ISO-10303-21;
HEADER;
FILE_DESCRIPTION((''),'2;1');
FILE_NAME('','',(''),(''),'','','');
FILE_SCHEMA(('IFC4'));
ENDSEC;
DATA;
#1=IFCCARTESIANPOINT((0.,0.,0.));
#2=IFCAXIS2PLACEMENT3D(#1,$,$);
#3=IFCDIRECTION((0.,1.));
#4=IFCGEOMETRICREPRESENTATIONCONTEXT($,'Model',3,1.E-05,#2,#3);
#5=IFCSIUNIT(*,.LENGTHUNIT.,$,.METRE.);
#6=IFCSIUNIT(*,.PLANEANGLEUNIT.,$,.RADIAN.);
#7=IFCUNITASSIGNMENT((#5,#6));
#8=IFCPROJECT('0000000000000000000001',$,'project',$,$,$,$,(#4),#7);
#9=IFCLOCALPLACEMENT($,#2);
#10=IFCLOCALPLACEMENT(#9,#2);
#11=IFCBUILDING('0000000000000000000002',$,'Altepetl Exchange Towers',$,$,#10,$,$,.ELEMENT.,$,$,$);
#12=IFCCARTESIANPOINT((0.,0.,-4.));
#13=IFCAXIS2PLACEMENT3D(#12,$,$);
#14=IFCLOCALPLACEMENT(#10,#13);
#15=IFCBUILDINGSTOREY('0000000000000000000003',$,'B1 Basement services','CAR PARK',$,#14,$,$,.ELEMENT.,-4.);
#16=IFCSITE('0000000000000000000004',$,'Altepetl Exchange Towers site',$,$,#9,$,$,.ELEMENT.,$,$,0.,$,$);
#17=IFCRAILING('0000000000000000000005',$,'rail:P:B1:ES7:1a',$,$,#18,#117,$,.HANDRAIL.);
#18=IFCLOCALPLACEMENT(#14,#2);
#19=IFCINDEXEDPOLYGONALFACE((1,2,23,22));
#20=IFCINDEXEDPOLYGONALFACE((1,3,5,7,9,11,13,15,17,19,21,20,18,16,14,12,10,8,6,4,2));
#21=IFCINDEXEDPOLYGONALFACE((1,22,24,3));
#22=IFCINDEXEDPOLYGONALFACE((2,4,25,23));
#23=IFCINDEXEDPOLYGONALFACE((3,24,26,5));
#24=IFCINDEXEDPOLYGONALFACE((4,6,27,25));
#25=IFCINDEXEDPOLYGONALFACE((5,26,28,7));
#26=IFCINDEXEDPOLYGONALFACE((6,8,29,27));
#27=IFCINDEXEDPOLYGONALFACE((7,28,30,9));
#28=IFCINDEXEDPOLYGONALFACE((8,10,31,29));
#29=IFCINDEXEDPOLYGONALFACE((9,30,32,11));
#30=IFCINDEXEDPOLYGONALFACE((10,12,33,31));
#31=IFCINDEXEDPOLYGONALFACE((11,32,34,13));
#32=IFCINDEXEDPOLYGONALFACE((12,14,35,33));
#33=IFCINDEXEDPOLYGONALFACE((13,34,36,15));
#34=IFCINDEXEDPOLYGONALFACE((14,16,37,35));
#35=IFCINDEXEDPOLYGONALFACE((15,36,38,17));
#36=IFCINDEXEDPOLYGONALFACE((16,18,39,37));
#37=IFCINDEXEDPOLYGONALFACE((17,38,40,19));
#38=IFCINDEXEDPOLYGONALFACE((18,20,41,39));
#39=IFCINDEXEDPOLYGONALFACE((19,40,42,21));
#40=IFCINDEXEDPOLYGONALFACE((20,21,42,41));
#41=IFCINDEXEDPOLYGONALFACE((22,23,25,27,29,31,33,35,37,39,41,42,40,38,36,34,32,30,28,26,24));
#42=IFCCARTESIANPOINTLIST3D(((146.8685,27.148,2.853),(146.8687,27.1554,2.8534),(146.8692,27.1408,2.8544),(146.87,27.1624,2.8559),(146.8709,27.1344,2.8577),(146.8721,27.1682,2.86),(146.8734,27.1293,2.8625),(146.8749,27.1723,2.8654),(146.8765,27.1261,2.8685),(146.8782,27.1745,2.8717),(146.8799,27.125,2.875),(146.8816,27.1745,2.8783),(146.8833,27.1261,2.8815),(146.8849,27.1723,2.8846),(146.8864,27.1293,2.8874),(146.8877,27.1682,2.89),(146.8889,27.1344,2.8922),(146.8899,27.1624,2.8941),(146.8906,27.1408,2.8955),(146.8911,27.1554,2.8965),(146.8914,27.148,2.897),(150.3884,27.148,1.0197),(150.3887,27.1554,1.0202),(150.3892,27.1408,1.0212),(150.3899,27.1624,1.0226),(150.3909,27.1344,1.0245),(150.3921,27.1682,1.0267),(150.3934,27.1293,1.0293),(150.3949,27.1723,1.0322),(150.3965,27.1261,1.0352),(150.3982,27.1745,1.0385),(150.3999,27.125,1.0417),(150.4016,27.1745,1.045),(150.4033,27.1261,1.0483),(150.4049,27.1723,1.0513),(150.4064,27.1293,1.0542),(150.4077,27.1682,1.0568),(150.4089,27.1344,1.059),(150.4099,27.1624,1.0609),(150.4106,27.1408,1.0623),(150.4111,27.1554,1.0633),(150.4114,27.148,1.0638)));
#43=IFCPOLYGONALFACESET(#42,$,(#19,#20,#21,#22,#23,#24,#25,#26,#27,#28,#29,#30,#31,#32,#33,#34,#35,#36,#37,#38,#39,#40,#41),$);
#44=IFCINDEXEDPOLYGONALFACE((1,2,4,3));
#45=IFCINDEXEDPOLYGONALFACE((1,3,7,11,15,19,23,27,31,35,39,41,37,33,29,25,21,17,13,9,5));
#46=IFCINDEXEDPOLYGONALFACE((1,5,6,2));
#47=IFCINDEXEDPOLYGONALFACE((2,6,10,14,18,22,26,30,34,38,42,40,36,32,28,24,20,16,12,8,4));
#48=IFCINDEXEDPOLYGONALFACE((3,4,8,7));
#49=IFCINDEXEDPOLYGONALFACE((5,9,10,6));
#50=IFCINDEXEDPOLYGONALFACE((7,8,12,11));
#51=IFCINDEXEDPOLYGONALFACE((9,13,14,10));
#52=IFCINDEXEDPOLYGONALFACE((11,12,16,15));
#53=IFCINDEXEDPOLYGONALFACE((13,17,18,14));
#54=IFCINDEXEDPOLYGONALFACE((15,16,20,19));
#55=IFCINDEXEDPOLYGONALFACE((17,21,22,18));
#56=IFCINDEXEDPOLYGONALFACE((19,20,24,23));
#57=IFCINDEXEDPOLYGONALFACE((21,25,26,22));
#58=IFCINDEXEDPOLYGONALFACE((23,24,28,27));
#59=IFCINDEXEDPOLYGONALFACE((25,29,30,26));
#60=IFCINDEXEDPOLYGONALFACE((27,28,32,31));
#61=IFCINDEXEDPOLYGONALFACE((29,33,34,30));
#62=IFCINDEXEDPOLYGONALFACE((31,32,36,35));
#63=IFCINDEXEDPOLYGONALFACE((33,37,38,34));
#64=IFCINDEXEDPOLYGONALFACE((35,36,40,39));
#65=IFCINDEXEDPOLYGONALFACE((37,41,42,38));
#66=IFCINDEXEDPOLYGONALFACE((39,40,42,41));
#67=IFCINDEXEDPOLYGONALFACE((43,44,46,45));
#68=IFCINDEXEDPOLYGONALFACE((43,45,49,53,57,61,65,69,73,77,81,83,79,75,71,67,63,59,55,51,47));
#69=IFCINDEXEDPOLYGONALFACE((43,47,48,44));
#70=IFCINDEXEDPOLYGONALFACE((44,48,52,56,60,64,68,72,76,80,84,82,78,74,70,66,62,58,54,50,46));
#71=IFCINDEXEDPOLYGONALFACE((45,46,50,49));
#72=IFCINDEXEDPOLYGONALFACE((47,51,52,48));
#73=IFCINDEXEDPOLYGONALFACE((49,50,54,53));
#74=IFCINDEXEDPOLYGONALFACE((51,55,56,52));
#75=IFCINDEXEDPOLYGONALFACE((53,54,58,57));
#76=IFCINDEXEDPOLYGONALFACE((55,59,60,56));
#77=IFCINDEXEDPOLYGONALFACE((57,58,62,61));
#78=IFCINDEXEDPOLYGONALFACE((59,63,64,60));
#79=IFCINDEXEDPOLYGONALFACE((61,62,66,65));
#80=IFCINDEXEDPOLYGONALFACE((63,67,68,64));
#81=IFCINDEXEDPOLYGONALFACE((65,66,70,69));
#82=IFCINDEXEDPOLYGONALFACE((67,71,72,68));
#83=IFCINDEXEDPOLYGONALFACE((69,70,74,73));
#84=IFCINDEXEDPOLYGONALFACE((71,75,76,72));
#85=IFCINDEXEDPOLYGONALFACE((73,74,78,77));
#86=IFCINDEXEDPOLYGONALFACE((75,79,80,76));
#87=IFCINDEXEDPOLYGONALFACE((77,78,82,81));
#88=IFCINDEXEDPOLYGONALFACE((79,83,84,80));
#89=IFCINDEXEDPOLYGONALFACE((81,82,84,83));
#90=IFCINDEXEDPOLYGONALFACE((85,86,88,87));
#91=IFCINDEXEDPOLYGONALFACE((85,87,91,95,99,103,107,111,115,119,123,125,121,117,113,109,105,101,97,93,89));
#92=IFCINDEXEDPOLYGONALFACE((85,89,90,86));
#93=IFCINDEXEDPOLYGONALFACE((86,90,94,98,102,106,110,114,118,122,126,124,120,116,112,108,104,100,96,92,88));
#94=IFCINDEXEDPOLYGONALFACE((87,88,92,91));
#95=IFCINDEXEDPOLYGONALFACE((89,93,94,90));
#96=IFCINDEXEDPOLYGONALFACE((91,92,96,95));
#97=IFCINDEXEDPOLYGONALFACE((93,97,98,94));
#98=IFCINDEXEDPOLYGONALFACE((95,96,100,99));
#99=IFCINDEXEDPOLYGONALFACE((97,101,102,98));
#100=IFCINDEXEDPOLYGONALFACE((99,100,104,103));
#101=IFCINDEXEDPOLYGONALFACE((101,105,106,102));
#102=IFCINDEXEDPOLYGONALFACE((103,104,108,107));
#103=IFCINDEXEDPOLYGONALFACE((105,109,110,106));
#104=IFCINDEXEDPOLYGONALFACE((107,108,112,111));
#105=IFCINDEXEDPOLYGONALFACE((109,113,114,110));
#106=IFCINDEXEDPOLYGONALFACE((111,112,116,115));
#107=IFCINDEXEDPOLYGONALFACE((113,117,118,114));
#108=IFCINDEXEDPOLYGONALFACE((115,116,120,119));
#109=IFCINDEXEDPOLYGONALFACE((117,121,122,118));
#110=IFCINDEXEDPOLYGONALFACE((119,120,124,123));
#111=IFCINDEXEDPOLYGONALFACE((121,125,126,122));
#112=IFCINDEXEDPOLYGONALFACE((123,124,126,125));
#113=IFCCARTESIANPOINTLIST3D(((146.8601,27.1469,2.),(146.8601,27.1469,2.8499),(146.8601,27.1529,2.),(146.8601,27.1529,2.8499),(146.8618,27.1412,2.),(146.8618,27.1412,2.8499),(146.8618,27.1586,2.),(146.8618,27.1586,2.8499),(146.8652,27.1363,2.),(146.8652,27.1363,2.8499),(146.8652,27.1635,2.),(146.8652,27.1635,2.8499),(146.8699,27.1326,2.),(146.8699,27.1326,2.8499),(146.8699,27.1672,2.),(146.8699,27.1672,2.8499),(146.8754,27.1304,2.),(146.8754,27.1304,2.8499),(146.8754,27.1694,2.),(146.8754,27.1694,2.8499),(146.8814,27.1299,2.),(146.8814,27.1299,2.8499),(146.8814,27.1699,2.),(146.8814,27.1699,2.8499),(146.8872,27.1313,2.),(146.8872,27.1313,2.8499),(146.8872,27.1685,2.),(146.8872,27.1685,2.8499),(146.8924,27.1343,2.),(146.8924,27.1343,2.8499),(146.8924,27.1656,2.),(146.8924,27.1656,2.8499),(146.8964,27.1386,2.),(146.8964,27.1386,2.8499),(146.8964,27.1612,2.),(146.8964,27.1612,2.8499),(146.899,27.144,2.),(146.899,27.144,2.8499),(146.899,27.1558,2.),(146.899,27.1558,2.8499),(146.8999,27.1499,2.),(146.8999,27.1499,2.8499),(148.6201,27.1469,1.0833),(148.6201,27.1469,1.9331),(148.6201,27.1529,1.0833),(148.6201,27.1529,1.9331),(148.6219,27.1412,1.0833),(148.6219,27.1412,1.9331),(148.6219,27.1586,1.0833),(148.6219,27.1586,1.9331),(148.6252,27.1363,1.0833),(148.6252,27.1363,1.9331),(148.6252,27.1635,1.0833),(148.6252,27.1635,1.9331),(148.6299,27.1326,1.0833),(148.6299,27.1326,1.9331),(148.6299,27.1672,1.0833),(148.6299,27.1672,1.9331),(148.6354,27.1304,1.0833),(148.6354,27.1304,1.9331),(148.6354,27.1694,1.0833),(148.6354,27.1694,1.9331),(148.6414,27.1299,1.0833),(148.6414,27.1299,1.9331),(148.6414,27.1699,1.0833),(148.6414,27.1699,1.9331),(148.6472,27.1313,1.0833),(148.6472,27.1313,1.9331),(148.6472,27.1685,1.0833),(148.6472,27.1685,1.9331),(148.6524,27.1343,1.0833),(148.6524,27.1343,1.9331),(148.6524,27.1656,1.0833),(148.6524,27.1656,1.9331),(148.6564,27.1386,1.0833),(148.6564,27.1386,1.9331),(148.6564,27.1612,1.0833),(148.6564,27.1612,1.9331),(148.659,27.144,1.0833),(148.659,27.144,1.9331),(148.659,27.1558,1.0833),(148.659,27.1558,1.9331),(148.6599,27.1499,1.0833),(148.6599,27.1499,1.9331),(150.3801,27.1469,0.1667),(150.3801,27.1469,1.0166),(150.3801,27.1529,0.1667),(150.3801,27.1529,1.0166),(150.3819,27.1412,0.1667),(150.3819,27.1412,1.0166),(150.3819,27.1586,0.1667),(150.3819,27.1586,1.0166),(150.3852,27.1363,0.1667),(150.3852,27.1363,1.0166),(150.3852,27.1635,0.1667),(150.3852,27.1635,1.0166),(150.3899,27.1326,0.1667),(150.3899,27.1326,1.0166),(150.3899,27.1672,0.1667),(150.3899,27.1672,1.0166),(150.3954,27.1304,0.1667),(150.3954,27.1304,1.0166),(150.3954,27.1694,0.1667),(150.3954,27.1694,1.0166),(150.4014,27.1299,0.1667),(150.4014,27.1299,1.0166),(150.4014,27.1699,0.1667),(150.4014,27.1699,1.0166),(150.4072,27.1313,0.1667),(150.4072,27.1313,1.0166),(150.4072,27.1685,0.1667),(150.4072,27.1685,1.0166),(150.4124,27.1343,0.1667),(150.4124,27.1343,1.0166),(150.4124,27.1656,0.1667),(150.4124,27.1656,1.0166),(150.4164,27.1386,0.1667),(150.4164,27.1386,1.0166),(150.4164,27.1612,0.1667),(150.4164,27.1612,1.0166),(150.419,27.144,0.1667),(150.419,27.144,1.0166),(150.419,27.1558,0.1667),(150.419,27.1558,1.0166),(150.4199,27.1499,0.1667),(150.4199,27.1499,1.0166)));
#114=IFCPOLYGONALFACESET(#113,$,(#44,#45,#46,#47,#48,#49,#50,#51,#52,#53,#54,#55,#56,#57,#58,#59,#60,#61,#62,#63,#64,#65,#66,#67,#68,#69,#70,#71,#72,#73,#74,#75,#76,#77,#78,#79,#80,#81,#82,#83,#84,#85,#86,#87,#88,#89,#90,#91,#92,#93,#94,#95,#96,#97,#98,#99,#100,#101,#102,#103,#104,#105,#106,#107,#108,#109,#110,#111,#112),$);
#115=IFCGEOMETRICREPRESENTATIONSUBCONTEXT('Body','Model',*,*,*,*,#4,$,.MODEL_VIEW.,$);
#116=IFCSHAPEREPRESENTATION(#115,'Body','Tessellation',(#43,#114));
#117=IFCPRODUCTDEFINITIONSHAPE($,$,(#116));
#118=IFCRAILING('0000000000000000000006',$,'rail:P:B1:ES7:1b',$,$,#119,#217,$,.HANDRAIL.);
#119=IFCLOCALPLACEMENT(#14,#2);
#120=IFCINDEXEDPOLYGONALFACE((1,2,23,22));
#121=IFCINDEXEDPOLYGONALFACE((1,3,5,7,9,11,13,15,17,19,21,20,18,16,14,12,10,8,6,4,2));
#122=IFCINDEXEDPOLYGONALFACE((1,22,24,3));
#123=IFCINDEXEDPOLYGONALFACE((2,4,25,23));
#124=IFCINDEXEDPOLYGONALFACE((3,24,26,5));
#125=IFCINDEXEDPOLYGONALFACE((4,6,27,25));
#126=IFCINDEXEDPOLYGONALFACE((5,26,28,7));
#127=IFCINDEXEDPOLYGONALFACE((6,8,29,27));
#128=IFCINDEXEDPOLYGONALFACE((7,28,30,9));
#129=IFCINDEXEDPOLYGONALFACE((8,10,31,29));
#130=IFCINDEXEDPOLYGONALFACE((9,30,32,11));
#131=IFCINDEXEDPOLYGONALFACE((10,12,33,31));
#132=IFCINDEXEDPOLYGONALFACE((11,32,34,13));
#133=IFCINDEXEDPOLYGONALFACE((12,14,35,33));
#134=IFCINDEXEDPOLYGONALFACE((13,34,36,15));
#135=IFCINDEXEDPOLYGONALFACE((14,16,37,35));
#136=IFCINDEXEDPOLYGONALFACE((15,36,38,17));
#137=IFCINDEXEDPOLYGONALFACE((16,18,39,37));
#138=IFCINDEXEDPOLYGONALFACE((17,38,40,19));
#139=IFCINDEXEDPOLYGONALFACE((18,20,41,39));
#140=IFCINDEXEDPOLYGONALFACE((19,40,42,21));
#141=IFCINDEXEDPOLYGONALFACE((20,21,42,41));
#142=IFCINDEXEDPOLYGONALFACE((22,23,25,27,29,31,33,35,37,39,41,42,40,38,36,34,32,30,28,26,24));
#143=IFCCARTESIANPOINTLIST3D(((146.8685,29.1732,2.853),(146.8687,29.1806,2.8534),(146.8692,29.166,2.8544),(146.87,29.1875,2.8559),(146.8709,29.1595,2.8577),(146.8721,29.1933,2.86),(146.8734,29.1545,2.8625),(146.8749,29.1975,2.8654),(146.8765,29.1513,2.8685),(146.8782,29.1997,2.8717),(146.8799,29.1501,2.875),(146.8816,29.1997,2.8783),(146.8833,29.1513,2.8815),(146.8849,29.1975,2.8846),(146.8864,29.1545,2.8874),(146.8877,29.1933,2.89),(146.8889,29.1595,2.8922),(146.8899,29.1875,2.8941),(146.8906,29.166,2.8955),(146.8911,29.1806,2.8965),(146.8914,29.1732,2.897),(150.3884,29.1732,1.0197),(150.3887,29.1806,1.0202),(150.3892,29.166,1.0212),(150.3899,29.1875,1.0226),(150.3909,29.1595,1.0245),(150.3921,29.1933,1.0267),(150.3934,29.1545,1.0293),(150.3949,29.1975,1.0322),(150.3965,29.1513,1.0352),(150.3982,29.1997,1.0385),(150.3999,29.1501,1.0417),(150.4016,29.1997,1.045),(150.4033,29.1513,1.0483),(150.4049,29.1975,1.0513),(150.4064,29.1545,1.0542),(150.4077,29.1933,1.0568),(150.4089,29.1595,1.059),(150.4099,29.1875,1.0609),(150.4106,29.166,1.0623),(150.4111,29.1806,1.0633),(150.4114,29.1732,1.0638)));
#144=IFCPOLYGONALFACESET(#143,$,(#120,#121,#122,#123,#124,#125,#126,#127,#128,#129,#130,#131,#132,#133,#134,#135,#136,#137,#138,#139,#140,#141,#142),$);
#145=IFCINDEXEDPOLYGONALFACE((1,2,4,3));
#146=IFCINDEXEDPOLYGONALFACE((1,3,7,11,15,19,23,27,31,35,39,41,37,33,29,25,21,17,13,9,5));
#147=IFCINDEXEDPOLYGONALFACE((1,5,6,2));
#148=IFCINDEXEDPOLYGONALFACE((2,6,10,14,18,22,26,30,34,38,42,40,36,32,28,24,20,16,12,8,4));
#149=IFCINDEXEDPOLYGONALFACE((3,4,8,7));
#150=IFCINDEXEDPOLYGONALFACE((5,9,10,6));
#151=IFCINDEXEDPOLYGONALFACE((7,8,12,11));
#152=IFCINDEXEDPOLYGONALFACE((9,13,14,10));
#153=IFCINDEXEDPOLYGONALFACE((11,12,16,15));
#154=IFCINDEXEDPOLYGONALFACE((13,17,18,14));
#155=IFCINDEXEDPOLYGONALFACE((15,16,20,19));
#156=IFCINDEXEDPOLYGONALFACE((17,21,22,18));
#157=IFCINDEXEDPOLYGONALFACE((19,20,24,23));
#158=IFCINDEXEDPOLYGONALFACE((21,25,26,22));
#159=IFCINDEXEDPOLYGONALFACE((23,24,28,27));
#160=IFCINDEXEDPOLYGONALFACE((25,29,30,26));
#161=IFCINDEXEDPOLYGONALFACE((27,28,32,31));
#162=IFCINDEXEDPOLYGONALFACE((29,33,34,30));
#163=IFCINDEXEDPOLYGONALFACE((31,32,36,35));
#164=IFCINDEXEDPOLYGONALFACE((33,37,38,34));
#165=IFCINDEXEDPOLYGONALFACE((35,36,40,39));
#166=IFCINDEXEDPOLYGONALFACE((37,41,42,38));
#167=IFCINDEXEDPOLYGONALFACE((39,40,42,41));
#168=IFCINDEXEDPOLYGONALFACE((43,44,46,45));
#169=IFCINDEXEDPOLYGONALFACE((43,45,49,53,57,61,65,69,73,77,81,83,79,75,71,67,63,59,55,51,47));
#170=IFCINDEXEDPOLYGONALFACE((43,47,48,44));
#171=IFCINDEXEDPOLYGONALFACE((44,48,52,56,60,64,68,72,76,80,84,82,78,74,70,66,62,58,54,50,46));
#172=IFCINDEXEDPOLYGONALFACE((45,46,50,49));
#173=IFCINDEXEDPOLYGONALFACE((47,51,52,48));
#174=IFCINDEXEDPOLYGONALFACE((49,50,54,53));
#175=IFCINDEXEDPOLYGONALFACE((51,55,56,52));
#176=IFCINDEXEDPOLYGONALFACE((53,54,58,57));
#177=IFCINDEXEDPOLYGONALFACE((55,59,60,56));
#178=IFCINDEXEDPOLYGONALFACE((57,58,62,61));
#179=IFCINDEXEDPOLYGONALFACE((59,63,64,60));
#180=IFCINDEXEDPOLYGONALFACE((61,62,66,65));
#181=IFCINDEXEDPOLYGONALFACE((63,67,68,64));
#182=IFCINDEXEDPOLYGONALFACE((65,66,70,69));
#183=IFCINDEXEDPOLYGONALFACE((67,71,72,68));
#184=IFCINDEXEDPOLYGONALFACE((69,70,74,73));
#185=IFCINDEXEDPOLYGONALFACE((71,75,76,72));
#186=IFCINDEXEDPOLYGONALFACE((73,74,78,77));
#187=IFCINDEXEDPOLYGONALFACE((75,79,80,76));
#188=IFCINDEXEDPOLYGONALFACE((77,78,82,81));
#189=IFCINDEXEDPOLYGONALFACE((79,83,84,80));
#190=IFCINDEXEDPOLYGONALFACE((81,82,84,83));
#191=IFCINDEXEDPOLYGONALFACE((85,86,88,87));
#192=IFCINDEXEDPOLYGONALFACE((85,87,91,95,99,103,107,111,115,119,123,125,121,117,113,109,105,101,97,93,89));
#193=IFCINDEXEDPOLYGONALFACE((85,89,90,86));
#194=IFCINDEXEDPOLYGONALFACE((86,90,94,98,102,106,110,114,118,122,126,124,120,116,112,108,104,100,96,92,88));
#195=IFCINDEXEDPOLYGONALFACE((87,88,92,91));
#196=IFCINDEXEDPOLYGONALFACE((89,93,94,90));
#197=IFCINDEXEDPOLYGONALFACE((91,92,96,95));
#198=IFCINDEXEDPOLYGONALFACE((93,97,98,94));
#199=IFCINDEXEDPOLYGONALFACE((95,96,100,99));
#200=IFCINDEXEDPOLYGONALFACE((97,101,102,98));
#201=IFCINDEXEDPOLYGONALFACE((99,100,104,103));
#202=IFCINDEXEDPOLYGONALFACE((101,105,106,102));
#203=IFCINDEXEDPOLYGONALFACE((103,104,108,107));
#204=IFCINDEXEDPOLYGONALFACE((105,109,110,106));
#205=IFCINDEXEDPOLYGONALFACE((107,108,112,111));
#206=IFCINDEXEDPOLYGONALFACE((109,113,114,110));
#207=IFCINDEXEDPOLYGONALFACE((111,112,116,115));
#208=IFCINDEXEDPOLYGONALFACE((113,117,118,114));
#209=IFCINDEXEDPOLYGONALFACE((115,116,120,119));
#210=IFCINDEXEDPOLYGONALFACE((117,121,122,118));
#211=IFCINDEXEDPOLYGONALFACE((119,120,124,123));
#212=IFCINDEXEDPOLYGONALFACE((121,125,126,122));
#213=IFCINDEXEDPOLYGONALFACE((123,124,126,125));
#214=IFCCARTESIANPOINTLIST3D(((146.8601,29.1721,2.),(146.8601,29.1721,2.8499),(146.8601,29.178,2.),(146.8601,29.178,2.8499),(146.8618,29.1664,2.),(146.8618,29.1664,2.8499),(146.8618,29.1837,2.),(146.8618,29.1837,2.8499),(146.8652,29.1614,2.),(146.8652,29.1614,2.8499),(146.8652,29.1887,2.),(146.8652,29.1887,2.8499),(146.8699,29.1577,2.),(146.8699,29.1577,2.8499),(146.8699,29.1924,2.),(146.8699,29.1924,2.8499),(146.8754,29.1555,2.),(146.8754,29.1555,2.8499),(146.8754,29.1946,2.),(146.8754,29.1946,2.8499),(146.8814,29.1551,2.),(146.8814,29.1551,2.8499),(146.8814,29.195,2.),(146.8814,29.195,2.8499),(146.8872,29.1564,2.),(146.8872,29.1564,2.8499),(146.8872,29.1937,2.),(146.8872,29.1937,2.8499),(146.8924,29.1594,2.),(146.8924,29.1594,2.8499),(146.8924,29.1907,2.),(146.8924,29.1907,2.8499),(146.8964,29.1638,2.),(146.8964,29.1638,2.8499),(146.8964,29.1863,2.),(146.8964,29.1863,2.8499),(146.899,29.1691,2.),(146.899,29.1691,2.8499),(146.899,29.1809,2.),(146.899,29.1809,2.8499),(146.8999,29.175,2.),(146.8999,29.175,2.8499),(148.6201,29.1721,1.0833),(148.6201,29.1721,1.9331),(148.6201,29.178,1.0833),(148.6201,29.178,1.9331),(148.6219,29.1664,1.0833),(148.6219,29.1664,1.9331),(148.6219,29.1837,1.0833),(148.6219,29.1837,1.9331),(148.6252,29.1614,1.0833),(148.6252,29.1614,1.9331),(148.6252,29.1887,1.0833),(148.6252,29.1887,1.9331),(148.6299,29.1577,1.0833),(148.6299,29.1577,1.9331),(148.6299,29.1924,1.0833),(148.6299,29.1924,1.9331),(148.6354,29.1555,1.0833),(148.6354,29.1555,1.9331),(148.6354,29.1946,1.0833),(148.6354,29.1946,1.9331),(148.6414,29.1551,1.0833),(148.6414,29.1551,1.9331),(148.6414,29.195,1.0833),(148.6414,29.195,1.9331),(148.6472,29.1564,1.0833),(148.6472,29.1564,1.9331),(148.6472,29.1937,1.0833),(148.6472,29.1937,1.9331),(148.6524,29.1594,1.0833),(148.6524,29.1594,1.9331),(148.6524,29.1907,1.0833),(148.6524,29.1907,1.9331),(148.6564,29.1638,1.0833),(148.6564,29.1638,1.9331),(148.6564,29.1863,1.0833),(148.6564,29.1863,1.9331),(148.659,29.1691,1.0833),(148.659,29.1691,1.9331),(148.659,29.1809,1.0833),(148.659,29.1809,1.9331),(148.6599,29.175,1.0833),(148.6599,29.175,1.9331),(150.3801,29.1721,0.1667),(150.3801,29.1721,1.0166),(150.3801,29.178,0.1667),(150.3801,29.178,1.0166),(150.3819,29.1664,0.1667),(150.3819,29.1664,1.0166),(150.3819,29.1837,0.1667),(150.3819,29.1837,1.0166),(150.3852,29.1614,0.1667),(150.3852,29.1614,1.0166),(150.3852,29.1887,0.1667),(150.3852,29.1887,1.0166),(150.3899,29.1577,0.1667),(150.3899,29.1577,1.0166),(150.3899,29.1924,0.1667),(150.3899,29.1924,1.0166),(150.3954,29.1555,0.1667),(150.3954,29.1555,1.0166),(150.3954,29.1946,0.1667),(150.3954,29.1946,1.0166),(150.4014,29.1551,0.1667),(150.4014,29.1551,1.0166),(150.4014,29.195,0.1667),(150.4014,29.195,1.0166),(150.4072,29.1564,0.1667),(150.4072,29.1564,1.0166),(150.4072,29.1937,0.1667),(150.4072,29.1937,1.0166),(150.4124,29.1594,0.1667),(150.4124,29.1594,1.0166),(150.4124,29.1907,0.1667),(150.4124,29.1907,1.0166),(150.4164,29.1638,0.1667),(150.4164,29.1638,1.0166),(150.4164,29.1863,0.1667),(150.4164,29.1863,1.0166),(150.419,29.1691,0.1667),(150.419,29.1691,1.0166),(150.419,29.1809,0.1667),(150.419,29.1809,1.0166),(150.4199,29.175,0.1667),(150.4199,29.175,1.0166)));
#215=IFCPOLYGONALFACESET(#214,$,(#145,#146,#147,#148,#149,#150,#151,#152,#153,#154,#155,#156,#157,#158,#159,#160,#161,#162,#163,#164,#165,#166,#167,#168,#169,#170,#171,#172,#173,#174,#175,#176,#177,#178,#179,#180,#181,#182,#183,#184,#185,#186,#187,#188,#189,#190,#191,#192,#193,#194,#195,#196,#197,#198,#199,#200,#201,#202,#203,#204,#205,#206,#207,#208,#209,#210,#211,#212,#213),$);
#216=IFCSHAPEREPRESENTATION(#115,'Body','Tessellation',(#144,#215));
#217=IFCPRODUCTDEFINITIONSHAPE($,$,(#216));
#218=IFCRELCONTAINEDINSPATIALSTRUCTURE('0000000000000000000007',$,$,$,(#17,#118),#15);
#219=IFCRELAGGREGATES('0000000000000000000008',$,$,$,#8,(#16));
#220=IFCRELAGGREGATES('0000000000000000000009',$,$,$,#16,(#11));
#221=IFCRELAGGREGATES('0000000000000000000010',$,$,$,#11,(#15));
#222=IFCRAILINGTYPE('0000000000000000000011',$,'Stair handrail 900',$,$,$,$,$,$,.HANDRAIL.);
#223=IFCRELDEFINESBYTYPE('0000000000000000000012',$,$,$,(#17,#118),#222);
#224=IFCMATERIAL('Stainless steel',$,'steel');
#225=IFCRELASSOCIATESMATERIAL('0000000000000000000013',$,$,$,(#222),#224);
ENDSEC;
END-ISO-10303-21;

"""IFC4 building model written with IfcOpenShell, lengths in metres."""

from ifc_helpers import new_model, si_unit, direction, frame, origin, origin_2d, place, context, subcontext, project, spatial, circle, extrude, source, transform, mapped, material, type_object, element, save


model = new_model("IFC4")

# Units and contexts
model_context = context("Model", 3, precision=1e-05, world=origin(), true_north=direction((0.0, 1.0)))
body_context = subcontext(model_context, "Body", "Model", "MODEL_VIEW")
ifc_project = project(units=[si_unit("LENGTHUNIT", "METRE"), si_unit("PLANEANGLEUNIT", "RADIAN")], contexts=[model_context])

# Site, building, storey
site_placement = place(None, origin())
site = spatial("IfcSite", under=ifc_project, at=site_placement, Name="Altepetl Exchange Towers site", CompositionType="ELEMENT", RefElevation=0.0)
building_placement = place(site_placement, origin())
building = spatial("IfcBuilding", under=site, at=building_placement, Name="Altepetl Exchange Towers", CompositionType="ELEMENT")
storey_placement = place(building_placement, frame((0.0, 0.0, -4.0)))
storey = spatial("IfcBuildingStorey", under=building, at=storey_placement, Name="B1 Basement services", Description="CAR PARK", CompositionType="ELEMENT", Elevation=-4.0)

# Railings
ifc_material_1 = material(Name="Stainless steel", Category="steel")
railing_type_1 = type_object("IfcRailingType", Name="Stair handrail 900", PredefinedType="HANDRAIL", material=ifc_material_1)
shared_shape_1 = source(origin(), body_context, "Body", "SweptSolid", [
    extrude(circle(Radius=0.02, at=origin_2d()), origin(), (0.0, 0.0, 1.0), 0.8499),
])
for number, where, name in (
    (1, (150.3999, 27.1499, 0.1667), "rail:P:B1:ES7:1a"),
    (2, (150.3999, 29.175, 0.1667), "rail:P:B1:ES7:1b"),
):
    element("IfcRailing", number, at=place(storey_placement, frame(where)), inside=storey, type_object=railing_type_1, Name=name, PredefinedType="HANDRAIL", context=body_context, shape_type="SweptSolid", body=[
        extrude(circle(Radius=0.0249, at=origin_2d()), frame((0.0, 0.0, 0.875), z_axis=(-0.886924, 0.0, 0.461916), x_axis=(0.0, -1.0, 0.0)), (0.0, 0.0, 1.0), 3.9688),
        mapped(shared_shape_1, transform((0.0, 0.0, 0.0))),
        mapped(shared_shape_1, transform((-1.76, 0.0, 0.9165))),
        mapped(shared_shape_1, transform((-3.52, 0.0, 1.8333))),
    ])

save(model, "model.ifc")
